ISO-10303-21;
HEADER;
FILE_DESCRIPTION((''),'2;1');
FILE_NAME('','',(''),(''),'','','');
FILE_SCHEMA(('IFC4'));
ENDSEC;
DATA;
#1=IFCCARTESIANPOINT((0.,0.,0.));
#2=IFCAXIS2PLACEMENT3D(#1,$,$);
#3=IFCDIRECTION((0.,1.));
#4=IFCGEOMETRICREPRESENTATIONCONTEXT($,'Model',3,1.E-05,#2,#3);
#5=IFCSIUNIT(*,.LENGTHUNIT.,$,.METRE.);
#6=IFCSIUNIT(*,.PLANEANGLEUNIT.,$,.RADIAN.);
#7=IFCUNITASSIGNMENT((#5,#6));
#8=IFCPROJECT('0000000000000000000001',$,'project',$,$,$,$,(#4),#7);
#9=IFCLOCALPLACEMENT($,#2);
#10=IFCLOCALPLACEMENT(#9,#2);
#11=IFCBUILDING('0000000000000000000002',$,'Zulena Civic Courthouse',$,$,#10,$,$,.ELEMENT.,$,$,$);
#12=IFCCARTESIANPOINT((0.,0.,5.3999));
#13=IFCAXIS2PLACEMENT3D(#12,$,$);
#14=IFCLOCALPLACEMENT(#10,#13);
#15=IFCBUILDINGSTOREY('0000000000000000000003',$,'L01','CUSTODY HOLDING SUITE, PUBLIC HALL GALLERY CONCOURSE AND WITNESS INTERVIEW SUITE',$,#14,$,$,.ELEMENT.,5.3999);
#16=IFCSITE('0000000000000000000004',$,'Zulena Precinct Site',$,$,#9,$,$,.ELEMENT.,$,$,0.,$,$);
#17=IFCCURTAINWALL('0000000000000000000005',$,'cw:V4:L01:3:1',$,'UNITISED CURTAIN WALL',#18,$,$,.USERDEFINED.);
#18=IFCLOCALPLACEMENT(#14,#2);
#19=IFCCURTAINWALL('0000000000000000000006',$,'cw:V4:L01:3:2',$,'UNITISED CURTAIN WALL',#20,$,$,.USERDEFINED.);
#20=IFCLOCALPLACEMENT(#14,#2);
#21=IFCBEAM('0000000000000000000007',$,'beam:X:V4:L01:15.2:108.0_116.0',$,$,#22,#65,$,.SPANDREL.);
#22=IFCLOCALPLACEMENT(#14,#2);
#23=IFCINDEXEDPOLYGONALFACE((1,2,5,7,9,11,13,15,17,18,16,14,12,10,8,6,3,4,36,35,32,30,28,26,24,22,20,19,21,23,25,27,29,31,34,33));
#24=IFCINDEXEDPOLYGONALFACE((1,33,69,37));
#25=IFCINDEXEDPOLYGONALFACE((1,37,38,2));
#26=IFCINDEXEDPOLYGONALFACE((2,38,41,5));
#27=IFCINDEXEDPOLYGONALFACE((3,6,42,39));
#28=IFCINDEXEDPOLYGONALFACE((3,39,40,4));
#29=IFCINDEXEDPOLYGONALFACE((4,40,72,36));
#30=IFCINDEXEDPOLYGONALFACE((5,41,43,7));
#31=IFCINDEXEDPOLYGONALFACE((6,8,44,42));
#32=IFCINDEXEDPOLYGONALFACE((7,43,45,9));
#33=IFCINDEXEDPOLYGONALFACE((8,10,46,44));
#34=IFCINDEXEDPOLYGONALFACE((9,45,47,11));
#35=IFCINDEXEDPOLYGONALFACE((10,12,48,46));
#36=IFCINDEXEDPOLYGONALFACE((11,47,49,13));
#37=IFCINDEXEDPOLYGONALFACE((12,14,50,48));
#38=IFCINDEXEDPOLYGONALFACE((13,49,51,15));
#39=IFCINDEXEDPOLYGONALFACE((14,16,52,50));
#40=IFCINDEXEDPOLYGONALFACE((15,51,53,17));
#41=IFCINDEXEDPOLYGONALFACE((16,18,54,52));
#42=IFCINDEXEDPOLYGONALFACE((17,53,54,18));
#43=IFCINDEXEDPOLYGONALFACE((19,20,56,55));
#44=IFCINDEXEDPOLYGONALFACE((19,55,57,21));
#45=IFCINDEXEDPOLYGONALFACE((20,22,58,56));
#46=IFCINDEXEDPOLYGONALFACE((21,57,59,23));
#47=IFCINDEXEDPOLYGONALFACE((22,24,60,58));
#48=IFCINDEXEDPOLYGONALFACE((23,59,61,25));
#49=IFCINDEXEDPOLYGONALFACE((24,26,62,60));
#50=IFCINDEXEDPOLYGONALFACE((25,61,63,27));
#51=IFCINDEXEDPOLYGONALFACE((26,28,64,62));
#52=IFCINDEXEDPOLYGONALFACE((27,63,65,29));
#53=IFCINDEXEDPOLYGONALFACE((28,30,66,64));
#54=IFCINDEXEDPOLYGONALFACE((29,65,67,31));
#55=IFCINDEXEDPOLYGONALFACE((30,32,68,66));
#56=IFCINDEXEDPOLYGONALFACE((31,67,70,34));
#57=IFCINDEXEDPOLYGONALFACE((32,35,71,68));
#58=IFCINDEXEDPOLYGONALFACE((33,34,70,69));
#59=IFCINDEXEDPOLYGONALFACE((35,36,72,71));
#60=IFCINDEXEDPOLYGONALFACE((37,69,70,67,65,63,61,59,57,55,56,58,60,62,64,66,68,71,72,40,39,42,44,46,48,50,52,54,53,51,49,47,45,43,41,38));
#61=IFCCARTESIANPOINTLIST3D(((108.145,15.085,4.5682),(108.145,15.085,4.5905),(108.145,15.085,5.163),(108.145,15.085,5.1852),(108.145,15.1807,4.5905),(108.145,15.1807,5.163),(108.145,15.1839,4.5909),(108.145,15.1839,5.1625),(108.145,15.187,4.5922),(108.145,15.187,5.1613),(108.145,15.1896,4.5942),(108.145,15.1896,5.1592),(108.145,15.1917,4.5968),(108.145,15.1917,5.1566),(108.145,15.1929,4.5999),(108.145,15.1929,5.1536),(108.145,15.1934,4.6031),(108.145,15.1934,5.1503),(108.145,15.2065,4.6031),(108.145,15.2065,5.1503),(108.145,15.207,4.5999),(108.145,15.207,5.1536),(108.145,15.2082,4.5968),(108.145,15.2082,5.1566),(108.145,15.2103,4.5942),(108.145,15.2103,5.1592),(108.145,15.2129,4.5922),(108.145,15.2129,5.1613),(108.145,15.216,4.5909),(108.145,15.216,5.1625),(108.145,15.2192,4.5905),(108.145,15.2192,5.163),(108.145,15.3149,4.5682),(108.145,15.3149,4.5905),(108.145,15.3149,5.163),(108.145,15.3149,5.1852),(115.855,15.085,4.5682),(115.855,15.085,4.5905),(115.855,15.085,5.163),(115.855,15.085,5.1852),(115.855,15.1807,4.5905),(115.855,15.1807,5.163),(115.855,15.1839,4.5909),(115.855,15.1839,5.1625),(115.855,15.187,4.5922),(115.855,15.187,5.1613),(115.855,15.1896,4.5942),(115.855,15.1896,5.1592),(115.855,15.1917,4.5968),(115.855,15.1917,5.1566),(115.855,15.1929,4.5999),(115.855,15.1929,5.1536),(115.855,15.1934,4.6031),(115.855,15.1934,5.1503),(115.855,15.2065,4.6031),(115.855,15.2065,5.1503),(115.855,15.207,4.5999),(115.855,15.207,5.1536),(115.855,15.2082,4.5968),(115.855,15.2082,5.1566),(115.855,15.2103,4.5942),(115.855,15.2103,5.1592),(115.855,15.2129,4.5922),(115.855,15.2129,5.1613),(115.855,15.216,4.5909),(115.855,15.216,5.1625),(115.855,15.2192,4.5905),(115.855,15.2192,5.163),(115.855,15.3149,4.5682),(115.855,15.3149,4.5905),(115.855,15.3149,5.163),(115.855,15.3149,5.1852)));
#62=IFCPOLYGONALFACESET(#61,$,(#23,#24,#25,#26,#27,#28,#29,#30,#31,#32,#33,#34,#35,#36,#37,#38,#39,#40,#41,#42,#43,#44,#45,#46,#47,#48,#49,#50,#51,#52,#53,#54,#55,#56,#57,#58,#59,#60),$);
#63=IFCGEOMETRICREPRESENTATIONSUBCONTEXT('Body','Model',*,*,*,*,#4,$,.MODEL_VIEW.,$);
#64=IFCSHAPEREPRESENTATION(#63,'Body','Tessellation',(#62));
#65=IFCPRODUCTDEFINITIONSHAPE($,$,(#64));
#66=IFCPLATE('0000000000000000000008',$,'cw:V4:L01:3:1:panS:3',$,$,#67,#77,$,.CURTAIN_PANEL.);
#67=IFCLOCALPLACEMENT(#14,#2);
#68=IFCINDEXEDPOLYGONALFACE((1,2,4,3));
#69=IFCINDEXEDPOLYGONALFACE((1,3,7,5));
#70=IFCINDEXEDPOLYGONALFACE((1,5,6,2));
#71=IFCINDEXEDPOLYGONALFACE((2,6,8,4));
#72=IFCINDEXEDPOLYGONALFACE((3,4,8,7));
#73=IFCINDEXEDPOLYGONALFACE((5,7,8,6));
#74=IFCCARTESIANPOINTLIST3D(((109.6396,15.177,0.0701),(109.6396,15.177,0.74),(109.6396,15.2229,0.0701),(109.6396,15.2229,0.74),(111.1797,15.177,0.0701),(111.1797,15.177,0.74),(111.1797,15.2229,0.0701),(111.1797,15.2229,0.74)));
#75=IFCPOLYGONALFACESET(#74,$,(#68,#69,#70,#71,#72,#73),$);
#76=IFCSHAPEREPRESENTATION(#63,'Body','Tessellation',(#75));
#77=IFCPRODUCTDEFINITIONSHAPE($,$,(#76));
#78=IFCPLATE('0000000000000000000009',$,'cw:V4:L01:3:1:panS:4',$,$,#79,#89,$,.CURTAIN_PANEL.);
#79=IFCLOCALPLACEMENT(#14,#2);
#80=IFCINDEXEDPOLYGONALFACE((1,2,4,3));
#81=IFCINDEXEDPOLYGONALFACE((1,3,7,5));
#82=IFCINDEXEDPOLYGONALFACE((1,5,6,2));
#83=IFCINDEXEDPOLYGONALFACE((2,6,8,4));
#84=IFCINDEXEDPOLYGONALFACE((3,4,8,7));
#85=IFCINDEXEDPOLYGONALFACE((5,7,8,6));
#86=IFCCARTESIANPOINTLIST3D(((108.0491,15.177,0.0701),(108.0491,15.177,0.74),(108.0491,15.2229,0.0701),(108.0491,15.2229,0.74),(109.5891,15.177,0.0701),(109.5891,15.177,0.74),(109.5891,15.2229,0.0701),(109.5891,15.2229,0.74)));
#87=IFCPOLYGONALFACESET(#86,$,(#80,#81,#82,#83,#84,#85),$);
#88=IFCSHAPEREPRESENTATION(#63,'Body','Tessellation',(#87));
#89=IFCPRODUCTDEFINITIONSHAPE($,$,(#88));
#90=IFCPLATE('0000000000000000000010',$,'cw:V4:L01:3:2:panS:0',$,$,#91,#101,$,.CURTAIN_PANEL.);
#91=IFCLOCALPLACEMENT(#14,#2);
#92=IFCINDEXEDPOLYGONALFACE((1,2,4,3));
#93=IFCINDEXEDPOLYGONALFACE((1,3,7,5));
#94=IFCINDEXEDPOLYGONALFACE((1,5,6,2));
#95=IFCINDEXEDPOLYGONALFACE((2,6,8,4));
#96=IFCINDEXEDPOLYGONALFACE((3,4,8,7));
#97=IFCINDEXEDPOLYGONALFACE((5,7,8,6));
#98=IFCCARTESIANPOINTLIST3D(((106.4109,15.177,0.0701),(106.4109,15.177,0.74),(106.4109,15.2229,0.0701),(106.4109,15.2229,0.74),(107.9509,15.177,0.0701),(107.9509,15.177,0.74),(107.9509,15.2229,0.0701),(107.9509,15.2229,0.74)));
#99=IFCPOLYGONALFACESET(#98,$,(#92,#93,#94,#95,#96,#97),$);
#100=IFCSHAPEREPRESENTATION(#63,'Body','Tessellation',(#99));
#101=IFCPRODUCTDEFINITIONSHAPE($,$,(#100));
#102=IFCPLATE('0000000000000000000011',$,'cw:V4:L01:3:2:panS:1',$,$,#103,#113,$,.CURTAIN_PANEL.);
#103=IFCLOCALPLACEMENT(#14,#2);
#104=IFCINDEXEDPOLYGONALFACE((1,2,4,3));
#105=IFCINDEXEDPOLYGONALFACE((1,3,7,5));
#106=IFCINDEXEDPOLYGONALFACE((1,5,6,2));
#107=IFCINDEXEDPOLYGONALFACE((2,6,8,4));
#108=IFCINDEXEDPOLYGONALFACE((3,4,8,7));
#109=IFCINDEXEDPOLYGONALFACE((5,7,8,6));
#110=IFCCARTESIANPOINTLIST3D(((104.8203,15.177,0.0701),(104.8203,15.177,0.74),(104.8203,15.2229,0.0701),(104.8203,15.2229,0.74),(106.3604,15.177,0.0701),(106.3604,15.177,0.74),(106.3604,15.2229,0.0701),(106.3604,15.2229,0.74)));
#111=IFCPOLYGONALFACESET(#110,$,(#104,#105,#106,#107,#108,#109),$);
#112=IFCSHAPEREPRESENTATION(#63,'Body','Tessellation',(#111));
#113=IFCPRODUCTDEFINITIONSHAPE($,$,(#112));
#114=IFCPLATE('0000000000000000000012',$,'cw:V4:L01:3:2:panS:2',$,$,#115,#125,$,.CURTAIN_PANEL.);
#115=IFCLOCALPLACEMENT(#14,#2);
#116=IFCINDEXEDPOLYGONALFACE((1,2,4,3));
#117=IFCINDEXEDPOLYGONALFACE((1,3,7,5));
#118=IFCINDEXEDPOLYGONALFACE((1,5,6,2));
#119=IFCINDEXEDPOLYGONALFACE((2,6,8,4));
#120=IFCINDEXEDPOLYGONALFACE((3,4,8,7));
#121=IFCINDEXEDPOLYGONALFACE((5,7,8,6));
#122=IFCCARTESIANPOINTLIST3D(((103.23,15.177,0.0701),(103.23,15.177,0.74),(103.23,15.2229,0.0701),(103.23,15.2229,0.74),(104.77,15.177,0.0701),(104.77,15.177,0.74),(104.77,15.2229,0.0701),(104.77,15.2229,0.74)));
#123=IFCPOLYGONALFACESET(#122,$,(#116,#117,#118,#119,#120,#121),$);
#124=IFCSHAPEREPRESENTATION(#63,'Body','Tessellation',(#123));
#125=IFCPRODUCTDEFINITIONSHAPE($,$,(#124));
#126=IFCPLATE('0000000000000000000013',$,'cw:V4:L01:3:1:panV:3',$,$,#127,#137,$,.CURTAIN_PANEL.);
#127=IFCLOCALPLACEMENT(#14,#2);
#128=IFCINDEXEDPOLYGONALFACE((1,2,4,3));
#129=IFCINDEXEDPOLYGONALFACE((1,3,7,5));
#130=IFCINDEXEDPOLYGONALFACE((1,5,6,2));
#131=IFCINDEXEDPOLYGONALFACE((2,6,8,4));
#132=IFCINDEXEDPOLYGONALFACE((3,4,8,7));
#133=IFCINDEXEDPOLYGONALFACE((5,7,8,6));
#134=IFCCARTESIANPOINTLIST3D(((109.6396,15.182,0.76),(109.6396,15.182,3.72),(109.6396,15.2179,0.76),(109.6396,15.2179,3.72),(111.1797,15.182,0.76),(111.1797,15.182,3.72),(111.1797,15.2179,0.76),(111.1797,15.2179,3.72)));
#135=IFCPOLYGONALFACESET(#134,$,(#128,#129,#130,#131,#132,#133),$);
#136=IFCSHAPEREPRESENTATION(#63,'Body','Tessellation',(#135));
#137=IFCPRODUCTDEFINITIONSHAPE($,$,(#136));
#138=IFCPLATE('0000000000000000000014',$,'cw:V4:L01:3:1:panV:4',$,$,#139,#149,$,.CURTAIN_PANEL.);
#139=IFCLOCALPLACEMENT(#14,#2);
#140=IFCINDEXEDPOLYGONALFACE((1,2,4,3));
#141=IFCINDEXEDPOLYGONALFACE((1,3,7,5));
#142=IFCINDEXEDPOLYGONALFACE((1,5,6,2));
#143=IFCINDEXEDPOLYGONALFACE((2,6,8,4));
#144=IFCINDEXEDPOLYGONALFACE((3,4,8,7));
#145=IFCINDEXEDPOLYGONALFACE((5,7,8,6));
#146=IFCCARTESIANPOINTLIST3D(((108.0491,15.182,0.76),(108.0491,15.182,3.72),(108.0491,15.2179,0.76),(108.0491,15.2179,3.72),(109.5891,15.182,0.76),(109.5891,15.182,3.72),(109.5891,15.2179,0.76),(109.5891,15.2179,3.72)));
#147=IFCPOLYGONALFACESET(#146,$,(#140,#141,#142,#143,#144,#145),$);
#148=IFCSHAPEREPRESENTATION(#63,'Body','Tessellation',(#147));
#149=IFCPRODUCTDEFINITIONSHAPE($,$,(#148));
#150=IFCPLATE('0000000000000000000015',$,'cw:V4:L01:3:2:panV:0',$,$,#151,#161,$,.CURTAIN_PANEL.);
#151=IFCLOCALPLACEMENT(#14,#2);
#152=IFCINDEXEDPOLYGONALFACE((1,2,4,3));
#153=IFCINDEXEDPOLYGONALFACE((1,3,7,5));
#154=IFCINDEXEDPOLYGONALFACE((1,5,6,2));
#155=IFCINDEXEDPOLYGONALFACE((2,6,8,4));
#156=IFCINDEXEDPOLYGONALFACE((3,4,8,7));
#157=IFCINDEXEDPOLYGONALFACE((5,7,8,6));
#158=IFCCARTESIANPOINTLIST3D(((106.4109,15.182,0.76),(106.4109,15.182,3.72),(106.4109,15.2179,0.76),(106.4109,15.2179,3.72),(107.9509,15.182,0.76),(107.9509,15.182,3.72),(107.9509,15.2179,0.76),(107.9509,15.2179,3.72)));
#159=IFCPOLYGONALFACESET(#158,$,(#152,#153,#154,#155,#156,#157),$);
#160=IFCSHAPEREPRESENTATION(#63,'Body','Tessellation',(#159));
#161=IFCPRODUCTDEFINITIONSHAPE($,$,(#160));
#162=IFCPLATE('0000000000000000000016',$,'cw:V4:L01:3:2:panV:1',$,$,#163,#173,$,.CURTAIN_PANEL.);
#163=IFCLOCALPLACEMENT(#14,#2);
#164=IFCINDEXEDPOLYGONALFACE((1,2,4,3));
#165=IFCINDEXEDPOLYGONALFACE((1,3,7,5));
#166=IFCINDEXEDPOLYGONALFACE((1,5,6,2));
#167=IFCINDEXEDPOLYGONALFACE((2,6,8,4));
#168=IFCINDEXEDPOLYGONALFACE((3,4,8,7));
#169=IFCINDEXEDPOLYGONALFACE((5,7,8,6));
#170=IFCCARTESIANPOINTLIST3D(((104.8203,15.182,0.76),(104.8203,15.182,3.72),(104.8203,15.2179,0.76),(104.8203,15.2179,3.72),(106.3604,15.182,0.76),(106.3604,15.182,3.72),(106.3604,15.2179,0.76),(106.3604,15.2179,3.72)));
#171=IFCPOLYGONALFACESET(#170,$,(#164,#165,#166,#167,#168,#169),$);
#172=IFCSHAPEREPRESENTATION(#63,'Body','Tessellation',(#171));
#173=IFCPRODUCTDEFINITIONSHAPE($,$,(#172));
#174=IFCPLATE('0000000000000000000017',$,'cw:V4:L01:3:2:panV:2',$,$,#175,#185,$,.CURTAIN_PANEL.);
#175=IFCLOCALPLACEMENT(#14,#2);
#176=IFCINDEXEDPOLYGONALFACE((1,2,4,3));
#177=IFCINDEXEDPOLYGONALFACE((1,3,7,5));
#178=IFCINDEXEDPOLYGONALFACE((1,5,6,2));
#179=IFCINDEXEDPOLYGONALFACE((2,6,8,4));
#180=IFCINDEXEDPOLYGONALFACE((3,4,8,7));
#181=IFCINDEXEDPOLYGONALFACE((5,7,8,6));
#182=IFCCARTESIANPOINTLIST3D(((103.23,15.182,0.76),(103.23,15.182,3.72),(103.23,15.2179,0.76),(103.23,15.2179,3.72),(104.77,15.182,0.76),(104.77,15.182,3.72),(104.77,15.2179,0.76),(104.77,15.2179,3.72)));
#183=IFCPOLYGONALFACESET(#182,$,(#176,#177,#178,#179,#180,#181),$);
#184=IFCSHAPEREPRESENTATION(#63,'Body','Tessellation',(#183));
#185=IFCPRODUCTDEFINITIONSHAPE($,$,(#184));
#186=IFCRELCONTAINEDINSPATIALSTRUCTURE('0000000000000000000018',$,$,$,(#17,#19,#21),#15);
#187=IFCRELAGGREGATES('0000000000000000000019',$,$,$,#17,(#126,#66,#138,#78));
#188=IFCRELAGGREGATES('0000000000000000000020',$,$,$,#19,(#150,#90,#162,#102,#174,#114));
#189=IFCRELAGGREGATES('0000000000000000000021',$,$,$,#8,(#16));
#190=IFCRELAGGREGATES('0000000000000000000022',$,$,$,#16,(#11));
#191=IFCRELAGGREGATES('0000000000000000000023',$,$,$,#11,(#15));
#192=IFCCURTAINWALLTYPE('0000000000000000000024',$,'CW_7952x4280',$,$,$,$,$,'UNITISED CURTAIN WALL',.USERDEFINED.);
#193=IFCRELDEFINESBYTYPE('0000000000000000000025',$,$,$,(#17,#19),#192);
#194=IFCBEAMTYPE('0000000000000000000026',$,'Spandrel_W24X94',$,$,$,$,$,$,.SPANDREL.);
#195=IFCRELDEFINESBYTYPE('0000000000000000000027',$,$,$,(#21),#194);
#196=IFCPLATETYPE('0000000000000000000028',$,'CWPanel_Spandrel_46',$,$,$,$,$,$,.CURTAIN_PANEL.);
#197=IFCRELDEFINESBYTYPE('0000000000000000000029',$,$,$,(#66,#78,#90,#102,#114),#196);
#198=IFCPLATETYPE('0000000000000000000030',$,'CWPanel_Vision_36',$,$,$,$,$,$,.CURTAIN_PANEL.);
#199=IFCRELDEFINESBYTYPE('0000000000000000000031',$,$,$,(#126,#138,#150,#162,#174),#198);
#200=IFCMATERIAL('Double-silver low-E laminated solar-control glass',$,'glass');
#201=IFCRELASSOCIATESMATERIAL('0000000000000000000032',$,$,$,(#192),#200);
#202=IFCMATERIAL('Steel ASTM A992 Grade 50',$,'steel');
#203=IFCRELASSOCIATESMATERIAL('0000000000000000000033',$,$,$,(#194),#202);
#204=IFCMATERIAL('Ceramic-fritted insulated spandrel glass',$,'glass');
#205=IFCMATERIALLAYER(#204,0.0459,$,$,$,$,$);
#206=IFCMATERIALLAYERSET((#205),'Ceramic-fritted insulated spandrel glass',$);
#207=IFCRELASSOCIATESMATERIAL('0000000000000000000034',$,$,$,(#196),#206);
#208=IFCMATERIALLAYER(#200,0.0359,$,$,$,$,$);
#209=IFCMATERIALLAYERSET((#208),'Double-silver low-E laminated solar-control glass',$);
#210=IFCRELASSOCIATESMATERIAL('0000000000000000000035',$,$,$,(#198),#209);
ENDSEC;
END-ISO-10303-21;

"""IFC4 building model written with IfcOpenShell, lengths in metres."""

from ifc_helpers import new_model, si_unit, direction, frame, origin, origin_2d, place, context, subcontext, project, spatial, rectangle, i_section, extrude, material, layer, layer_set, material_profile, profile_set, type_object, element, aggregate, save


model = new_model("IFC4")

# Units and contexts
model_context = context("Model", 3, precision=1e-05, world=origin(), true_north=direction((0.0, 1.0)))
body_context = subcontext(model_context, "Body", "Model", "MODEL_VIEW")
ifc_project = project(units=[si_unit("LENGTHUNIT", "METRE"), si_unit("PLANEANGLEUNIT", "RADIAN")], contexts=[model_context])

# Site, building, storey
site_placement = place(None, origin())
site = spatial("IfcSite", under=ifc_project, at=site_placement, Name="Zulena Precinct Site", CompositionType="ELEMENT", RefElevation=0.0)
building_placement = place(site_placement, origin())
building = spatial("IfcBuilding", under=site, at=building_placement, Name="Zulena Civic Courthouse", CompositionType="ELEMENT")
storey_placement = place(building_placement, frame((0.0, 0.0, 5.3999)))
storey = spatial("IfcBuildingStorey", under=building, at=storey_placement, Name="L01", Description="CUSTODY HOLDING SUITE, PUBLIC HALL GALLERY CONCOURSE AND WITNESS INTERVIEW SUITE", CompositionType="ELEMENT", Elevation=5.3999)

# Shared definitions
ifc_material_1 = material(Name="Steel ASTM A992 Grade 50", Category="steel")

# Curtain walls
ifc_material_2 = material(Name="Double-silver low-E laminated solar-control glass", Category="glass")
curtain_wall_type = type_object("IfcCurtainWallType", Name="CW_7952x4280", ElementType="UNITISED CURTAIN WALL", PredefinedType="USERDEFINED", material=ifc_material_2)
curtain_wall_1_placement = place(storey_placement, origin())
curtain_wall_1 = element("IfcCurtainWall", 1, at=curtain_wall_1_placement, inside=storey, type_object=curtain_wall_type, Name="cw:V4:L01:3:1", ObjectType="UNITISED CURTAIN WALL", PredefinedType="USERDEFINED")
curtain_wall_2_placement = place(storey_placement, origin())
curtain_wall_2 = element("IfcCurtainWall", 2, at=curtain_wall_2_placement, inside=storey, type_object=curtain_wall_type, Name="cw:V4:L01:3:2", ObjectType="UNITISED CURTAIN WALL", PredefinedType="USERDEFINED")

# Beam
ifc_material_profile_1 = material_profile(ifc_material_1, i_section(OverallWidth=0.23, OverallDepth=0.6169, WebThickness=0.0132, FlangeThickness=0.0222, FilletRadius=0.0127, at=origin_2d()), Name="W24X94")
ifc_profile_set_1 = profile_set([ifc_material_profile_1], Name="Steel ASTM A992 Grade 50")
beam_type_1 = type_object("IfcBeamType", Name="Spandrel_W24X94", PredefinedType="SPANDREL", material=ifc_profile_set_1)
beam_1_placement = place(storey_placement, frame((108.145, 15.2, 4.8767), z_axis=(1.0, 0.0, 0.0), x_axis=(0.0, 1.0, 0.0)))
element("IfcBeam", 3, at=beam_1_placement, inside=storey, type_object=beam_type_1, Name="beam:X:V4:L01:15.2:108.0_116.0", PredefinedType="SPANDREL", context=body_context, shape_type="SweptSolid", body=[
    extrude(i_section(OverallWidth=0.23, OverallDepth=0.6169, WebThickness=0.0132, FlangeThickness=0.0222, FilletRadius=0.0127, at=origin_2d()), origin(), (0.0, 0.0, 1.0), 7.71),
])

# Plates
ifc_material_3 = material(Name="Ceramic-fritted insulated spandrel glass", Category="glass")
ifc_layer_1 = layer(ifc_material_3, 0.0459)
ifc_layer_set_1 = layer_set([ifc_layer_1], Name="Ceramic-fritted insulated spandrel glass")
plate_type_1 = type_object("IfcPlateType", Name="CWPanel_Spandrel_46", PredefinedType="CURTAIN_PANEL", material=ifc_layer_set_1)
plate_1_placement = place(storey_placement, frame((110.4097, 15.2, 0.0701), z_axis=(0.0, 0.0, 1.0), x_axis=(-1.0, 0.0, 0.0)))
plate_1 = element("IfcPlate", 4, at=plate_1_placement, type_object=plate_type_1, Name="cw:V4:L01:3:1:panS:3", PredefinedType="CURTAIN_PANEL", context=body_context, shape_type="SweptSolid", body=[
    extrude(rectangle(XDim=1.54, YDim=0.0459, at=origin_2d()), origin(), (0.0, 0.0, 1.0), 0.6699),
])
plate_2_placement = place(storey_placement, frame((108.8191, 15.2, 0.0701), z_axis=(0.0, 0.0, 1.0), x_axis=(-1.0, 0.0, 0.0)))
plate_2 = element("IfcPlate", 5, at=plate_2_placement, type_object=plate_type_1, Name="cw:V4:L01:3:1:panS:4", PredefinedType="CURTAIN_PANEL", context=body_context, shape_type="SweptSolid", body=[
    extrude(rectangle(XDim=1.54, YDim=0.0459, at=origin_2d()), origin(), (0.0, 0.0, 1.0), 0.6699),
])
plate_3_placement = place(storey_placement, frame((107.1809, 15.2, 0.0701), z_axis=(0.0, 0.0, 1.0), x_axis=(-1.0, 0.0, 0.0)))
plate_3 = element("IfcPlate", 6, at=plate_3_placement, type_object=plate_type_1, Name="cw:V4:L01:3:2:panS:0", PredefinedType="CURTAIN_PANEL", context=body_context, shape_type="SweptSolid", body=[
    extrude(rectangle(XDim=1.54, YDim=0.0459, at=origin_2d()), origin(), (0.0, 0.0, 1.0), 0.6699),
])
plate_4_placement = place(storey_placement, frame((105.5903, 15.2, 0.0701), z_axis=(0.0, 0.0, 1.0), x_axis=(-1.0, 0.0, 0.0)))
plate_4 = element("IfcPlate", 7, at=plate_4_placement, type_object=plate_type_1, Name="cw:V4:L01:3:2:panS:1", PredefinedType="CURTAIN_PANEL", context=body_context, shape_type="SweptSolid", body=[
    extrude(rectangle(XDim=1.54, YDim=0.0459, at=origin_2d()), origin(), (0.0, 0.0, 1.0), 0.6699),
])
plate_5_placement = place(storey_placement, frame((104.0, 15.2, 0.0701), z_axis=(0.0, 0.0, 1.0), x_axis=(-1.0, 0.0, 0.0)))
plate_5 = element("IfcPlate", 8, at=plate_5_placement, type_object=plate_type_1, Name="cw:V4:L01:3:2:panS:2", PredefinedType="CURTAIN_PANEL", context=body_context, shape_type="SweptSolid", body=[
    extrude(rectangle(XDim=1.54, YDim=0.0459, at=origin_2d()), origin(), (0.0, 0.0, 1.0), 0.6699),
])
ifc_layer_2 = layer(ifc_material_2, 0.0359)
ifc_layer_set_2 = layer_set([ifc_layer_2], Name="Double-silver low-E laminated solar-control glass")
plate_type_2 = type_object("IfcPlateType", Name="CWPanel_Vision_36", PredefinedType="CURTAIN_PANEL", material=ifc_layer_set_2)
plate_6_placement = place(storey_placement, frame((110.4097, 15.2, 0.76), z_axis=(0.0, 0.0, 1.0), x_axis=(-1.0, 0.0, 0.0)))
plate_6 = element("IfcPlate", 9, at=plate_6_placement, type_object=plate_type_2, Name="cw:V4:L01:3:1:panV:3", PredefinedType="CURTAIN_PANEL", context=body_context, shape_type="SweptSolid", body=[
    extrude(rectangle(XDim=1.54, YDim=0.0359, at=origin_2d()), origin(), (0.0, 0.0, 1.0), 2.96),
])
plate_7_placement = place(storey_placement, frame((108.8191, 15.2, 0.76), z_axis=(0.0, 0.0, 1.0), x_axis=(-1.0, 0.0, 0.0)))
plate_7 = element("IfcPlate", 10, at=plate_7_placement, type_object=plate_type_2, Name="cw:V4:L01:3:1:panV:4", PredefinedType="CURTAIN_PANEL", context=body_context, shape_type="SweptSolid", body=[
    extrude(rectangle(XDim=1.54, YDim=0.0359, at=origin_2d()), origin(), (0.0, 0.0, 1.0), 2.96),
])
aggregate(curtain_wall_1, [plate_6, plate_1, plate_7, plate_2])
plate_8_placement = place(storey_placement, frame((107.1809, 15.2, 0.76), z_axis=(0.0, 0.0, 1.0), x_axis=(-1.0, 0.0, 0.0)))
plate_8 = element("IfcPlate", 11, at=plate_8_placement, type_object=plate_type_2, Name="cw:V4:L01:3:2:panV:0", PredefinedType="CURTAIN_PANEL", context=body_context, shape_type="SweptSolid", body=[
    extrude(rectangle(XDim=1.54, YDim=0.0359, at=origin_2d()), origin(), (0.0, 0.0, 1.0), 2.96),
])
plate_9_placement = place(storey_placement, frame((105.5903, 15.2, 0.76), z_axis=(0.0, 0.0, 1.0), x_axis=(-1.0, 0.0, 0.0)))
plate_9 = element("IfcPlate", 12, at=plate_9_placement, type_object=plate_type_2, Name="cw:V4:L01:3:2:panV:1", PredefinedType="CURTAIN_PANEL", context=body_context, shape_type="SweptSolid", body=[
    extrude(rectangle(XDim=1.54, YDim=0.0359, at=origin_2d()), origin(), (0.0, 0.0, 1.0), 2.96),
])
plate_10_placement = place(storey_placement, frame((104.0, 15.2, 0.76), z_axis=(0.0, 0.0, 1.0), x_axis=(-1.0, 0.0, 0.0)))
plate_10 = element("IfcPlate", 13, at=plate_10_placement, type_object=plate_type_2, Name="cw:V4:L01:3:2:panV:2", PredefinedType="CURTAIN_PANEL", context=body_context, shape_type="SweptSolid", body=[
    extrude(rectangle(XDim=1.54, YDim=0.0359, at=origin_2d()), origin(), (0.0, 0.0, 1.0), 2.96),
])
aggregate(curtain_wall_2, [plate_8, plate_3, plate_9, plate_4, plate_10, plate_5])

save(model, "model.ifc")
